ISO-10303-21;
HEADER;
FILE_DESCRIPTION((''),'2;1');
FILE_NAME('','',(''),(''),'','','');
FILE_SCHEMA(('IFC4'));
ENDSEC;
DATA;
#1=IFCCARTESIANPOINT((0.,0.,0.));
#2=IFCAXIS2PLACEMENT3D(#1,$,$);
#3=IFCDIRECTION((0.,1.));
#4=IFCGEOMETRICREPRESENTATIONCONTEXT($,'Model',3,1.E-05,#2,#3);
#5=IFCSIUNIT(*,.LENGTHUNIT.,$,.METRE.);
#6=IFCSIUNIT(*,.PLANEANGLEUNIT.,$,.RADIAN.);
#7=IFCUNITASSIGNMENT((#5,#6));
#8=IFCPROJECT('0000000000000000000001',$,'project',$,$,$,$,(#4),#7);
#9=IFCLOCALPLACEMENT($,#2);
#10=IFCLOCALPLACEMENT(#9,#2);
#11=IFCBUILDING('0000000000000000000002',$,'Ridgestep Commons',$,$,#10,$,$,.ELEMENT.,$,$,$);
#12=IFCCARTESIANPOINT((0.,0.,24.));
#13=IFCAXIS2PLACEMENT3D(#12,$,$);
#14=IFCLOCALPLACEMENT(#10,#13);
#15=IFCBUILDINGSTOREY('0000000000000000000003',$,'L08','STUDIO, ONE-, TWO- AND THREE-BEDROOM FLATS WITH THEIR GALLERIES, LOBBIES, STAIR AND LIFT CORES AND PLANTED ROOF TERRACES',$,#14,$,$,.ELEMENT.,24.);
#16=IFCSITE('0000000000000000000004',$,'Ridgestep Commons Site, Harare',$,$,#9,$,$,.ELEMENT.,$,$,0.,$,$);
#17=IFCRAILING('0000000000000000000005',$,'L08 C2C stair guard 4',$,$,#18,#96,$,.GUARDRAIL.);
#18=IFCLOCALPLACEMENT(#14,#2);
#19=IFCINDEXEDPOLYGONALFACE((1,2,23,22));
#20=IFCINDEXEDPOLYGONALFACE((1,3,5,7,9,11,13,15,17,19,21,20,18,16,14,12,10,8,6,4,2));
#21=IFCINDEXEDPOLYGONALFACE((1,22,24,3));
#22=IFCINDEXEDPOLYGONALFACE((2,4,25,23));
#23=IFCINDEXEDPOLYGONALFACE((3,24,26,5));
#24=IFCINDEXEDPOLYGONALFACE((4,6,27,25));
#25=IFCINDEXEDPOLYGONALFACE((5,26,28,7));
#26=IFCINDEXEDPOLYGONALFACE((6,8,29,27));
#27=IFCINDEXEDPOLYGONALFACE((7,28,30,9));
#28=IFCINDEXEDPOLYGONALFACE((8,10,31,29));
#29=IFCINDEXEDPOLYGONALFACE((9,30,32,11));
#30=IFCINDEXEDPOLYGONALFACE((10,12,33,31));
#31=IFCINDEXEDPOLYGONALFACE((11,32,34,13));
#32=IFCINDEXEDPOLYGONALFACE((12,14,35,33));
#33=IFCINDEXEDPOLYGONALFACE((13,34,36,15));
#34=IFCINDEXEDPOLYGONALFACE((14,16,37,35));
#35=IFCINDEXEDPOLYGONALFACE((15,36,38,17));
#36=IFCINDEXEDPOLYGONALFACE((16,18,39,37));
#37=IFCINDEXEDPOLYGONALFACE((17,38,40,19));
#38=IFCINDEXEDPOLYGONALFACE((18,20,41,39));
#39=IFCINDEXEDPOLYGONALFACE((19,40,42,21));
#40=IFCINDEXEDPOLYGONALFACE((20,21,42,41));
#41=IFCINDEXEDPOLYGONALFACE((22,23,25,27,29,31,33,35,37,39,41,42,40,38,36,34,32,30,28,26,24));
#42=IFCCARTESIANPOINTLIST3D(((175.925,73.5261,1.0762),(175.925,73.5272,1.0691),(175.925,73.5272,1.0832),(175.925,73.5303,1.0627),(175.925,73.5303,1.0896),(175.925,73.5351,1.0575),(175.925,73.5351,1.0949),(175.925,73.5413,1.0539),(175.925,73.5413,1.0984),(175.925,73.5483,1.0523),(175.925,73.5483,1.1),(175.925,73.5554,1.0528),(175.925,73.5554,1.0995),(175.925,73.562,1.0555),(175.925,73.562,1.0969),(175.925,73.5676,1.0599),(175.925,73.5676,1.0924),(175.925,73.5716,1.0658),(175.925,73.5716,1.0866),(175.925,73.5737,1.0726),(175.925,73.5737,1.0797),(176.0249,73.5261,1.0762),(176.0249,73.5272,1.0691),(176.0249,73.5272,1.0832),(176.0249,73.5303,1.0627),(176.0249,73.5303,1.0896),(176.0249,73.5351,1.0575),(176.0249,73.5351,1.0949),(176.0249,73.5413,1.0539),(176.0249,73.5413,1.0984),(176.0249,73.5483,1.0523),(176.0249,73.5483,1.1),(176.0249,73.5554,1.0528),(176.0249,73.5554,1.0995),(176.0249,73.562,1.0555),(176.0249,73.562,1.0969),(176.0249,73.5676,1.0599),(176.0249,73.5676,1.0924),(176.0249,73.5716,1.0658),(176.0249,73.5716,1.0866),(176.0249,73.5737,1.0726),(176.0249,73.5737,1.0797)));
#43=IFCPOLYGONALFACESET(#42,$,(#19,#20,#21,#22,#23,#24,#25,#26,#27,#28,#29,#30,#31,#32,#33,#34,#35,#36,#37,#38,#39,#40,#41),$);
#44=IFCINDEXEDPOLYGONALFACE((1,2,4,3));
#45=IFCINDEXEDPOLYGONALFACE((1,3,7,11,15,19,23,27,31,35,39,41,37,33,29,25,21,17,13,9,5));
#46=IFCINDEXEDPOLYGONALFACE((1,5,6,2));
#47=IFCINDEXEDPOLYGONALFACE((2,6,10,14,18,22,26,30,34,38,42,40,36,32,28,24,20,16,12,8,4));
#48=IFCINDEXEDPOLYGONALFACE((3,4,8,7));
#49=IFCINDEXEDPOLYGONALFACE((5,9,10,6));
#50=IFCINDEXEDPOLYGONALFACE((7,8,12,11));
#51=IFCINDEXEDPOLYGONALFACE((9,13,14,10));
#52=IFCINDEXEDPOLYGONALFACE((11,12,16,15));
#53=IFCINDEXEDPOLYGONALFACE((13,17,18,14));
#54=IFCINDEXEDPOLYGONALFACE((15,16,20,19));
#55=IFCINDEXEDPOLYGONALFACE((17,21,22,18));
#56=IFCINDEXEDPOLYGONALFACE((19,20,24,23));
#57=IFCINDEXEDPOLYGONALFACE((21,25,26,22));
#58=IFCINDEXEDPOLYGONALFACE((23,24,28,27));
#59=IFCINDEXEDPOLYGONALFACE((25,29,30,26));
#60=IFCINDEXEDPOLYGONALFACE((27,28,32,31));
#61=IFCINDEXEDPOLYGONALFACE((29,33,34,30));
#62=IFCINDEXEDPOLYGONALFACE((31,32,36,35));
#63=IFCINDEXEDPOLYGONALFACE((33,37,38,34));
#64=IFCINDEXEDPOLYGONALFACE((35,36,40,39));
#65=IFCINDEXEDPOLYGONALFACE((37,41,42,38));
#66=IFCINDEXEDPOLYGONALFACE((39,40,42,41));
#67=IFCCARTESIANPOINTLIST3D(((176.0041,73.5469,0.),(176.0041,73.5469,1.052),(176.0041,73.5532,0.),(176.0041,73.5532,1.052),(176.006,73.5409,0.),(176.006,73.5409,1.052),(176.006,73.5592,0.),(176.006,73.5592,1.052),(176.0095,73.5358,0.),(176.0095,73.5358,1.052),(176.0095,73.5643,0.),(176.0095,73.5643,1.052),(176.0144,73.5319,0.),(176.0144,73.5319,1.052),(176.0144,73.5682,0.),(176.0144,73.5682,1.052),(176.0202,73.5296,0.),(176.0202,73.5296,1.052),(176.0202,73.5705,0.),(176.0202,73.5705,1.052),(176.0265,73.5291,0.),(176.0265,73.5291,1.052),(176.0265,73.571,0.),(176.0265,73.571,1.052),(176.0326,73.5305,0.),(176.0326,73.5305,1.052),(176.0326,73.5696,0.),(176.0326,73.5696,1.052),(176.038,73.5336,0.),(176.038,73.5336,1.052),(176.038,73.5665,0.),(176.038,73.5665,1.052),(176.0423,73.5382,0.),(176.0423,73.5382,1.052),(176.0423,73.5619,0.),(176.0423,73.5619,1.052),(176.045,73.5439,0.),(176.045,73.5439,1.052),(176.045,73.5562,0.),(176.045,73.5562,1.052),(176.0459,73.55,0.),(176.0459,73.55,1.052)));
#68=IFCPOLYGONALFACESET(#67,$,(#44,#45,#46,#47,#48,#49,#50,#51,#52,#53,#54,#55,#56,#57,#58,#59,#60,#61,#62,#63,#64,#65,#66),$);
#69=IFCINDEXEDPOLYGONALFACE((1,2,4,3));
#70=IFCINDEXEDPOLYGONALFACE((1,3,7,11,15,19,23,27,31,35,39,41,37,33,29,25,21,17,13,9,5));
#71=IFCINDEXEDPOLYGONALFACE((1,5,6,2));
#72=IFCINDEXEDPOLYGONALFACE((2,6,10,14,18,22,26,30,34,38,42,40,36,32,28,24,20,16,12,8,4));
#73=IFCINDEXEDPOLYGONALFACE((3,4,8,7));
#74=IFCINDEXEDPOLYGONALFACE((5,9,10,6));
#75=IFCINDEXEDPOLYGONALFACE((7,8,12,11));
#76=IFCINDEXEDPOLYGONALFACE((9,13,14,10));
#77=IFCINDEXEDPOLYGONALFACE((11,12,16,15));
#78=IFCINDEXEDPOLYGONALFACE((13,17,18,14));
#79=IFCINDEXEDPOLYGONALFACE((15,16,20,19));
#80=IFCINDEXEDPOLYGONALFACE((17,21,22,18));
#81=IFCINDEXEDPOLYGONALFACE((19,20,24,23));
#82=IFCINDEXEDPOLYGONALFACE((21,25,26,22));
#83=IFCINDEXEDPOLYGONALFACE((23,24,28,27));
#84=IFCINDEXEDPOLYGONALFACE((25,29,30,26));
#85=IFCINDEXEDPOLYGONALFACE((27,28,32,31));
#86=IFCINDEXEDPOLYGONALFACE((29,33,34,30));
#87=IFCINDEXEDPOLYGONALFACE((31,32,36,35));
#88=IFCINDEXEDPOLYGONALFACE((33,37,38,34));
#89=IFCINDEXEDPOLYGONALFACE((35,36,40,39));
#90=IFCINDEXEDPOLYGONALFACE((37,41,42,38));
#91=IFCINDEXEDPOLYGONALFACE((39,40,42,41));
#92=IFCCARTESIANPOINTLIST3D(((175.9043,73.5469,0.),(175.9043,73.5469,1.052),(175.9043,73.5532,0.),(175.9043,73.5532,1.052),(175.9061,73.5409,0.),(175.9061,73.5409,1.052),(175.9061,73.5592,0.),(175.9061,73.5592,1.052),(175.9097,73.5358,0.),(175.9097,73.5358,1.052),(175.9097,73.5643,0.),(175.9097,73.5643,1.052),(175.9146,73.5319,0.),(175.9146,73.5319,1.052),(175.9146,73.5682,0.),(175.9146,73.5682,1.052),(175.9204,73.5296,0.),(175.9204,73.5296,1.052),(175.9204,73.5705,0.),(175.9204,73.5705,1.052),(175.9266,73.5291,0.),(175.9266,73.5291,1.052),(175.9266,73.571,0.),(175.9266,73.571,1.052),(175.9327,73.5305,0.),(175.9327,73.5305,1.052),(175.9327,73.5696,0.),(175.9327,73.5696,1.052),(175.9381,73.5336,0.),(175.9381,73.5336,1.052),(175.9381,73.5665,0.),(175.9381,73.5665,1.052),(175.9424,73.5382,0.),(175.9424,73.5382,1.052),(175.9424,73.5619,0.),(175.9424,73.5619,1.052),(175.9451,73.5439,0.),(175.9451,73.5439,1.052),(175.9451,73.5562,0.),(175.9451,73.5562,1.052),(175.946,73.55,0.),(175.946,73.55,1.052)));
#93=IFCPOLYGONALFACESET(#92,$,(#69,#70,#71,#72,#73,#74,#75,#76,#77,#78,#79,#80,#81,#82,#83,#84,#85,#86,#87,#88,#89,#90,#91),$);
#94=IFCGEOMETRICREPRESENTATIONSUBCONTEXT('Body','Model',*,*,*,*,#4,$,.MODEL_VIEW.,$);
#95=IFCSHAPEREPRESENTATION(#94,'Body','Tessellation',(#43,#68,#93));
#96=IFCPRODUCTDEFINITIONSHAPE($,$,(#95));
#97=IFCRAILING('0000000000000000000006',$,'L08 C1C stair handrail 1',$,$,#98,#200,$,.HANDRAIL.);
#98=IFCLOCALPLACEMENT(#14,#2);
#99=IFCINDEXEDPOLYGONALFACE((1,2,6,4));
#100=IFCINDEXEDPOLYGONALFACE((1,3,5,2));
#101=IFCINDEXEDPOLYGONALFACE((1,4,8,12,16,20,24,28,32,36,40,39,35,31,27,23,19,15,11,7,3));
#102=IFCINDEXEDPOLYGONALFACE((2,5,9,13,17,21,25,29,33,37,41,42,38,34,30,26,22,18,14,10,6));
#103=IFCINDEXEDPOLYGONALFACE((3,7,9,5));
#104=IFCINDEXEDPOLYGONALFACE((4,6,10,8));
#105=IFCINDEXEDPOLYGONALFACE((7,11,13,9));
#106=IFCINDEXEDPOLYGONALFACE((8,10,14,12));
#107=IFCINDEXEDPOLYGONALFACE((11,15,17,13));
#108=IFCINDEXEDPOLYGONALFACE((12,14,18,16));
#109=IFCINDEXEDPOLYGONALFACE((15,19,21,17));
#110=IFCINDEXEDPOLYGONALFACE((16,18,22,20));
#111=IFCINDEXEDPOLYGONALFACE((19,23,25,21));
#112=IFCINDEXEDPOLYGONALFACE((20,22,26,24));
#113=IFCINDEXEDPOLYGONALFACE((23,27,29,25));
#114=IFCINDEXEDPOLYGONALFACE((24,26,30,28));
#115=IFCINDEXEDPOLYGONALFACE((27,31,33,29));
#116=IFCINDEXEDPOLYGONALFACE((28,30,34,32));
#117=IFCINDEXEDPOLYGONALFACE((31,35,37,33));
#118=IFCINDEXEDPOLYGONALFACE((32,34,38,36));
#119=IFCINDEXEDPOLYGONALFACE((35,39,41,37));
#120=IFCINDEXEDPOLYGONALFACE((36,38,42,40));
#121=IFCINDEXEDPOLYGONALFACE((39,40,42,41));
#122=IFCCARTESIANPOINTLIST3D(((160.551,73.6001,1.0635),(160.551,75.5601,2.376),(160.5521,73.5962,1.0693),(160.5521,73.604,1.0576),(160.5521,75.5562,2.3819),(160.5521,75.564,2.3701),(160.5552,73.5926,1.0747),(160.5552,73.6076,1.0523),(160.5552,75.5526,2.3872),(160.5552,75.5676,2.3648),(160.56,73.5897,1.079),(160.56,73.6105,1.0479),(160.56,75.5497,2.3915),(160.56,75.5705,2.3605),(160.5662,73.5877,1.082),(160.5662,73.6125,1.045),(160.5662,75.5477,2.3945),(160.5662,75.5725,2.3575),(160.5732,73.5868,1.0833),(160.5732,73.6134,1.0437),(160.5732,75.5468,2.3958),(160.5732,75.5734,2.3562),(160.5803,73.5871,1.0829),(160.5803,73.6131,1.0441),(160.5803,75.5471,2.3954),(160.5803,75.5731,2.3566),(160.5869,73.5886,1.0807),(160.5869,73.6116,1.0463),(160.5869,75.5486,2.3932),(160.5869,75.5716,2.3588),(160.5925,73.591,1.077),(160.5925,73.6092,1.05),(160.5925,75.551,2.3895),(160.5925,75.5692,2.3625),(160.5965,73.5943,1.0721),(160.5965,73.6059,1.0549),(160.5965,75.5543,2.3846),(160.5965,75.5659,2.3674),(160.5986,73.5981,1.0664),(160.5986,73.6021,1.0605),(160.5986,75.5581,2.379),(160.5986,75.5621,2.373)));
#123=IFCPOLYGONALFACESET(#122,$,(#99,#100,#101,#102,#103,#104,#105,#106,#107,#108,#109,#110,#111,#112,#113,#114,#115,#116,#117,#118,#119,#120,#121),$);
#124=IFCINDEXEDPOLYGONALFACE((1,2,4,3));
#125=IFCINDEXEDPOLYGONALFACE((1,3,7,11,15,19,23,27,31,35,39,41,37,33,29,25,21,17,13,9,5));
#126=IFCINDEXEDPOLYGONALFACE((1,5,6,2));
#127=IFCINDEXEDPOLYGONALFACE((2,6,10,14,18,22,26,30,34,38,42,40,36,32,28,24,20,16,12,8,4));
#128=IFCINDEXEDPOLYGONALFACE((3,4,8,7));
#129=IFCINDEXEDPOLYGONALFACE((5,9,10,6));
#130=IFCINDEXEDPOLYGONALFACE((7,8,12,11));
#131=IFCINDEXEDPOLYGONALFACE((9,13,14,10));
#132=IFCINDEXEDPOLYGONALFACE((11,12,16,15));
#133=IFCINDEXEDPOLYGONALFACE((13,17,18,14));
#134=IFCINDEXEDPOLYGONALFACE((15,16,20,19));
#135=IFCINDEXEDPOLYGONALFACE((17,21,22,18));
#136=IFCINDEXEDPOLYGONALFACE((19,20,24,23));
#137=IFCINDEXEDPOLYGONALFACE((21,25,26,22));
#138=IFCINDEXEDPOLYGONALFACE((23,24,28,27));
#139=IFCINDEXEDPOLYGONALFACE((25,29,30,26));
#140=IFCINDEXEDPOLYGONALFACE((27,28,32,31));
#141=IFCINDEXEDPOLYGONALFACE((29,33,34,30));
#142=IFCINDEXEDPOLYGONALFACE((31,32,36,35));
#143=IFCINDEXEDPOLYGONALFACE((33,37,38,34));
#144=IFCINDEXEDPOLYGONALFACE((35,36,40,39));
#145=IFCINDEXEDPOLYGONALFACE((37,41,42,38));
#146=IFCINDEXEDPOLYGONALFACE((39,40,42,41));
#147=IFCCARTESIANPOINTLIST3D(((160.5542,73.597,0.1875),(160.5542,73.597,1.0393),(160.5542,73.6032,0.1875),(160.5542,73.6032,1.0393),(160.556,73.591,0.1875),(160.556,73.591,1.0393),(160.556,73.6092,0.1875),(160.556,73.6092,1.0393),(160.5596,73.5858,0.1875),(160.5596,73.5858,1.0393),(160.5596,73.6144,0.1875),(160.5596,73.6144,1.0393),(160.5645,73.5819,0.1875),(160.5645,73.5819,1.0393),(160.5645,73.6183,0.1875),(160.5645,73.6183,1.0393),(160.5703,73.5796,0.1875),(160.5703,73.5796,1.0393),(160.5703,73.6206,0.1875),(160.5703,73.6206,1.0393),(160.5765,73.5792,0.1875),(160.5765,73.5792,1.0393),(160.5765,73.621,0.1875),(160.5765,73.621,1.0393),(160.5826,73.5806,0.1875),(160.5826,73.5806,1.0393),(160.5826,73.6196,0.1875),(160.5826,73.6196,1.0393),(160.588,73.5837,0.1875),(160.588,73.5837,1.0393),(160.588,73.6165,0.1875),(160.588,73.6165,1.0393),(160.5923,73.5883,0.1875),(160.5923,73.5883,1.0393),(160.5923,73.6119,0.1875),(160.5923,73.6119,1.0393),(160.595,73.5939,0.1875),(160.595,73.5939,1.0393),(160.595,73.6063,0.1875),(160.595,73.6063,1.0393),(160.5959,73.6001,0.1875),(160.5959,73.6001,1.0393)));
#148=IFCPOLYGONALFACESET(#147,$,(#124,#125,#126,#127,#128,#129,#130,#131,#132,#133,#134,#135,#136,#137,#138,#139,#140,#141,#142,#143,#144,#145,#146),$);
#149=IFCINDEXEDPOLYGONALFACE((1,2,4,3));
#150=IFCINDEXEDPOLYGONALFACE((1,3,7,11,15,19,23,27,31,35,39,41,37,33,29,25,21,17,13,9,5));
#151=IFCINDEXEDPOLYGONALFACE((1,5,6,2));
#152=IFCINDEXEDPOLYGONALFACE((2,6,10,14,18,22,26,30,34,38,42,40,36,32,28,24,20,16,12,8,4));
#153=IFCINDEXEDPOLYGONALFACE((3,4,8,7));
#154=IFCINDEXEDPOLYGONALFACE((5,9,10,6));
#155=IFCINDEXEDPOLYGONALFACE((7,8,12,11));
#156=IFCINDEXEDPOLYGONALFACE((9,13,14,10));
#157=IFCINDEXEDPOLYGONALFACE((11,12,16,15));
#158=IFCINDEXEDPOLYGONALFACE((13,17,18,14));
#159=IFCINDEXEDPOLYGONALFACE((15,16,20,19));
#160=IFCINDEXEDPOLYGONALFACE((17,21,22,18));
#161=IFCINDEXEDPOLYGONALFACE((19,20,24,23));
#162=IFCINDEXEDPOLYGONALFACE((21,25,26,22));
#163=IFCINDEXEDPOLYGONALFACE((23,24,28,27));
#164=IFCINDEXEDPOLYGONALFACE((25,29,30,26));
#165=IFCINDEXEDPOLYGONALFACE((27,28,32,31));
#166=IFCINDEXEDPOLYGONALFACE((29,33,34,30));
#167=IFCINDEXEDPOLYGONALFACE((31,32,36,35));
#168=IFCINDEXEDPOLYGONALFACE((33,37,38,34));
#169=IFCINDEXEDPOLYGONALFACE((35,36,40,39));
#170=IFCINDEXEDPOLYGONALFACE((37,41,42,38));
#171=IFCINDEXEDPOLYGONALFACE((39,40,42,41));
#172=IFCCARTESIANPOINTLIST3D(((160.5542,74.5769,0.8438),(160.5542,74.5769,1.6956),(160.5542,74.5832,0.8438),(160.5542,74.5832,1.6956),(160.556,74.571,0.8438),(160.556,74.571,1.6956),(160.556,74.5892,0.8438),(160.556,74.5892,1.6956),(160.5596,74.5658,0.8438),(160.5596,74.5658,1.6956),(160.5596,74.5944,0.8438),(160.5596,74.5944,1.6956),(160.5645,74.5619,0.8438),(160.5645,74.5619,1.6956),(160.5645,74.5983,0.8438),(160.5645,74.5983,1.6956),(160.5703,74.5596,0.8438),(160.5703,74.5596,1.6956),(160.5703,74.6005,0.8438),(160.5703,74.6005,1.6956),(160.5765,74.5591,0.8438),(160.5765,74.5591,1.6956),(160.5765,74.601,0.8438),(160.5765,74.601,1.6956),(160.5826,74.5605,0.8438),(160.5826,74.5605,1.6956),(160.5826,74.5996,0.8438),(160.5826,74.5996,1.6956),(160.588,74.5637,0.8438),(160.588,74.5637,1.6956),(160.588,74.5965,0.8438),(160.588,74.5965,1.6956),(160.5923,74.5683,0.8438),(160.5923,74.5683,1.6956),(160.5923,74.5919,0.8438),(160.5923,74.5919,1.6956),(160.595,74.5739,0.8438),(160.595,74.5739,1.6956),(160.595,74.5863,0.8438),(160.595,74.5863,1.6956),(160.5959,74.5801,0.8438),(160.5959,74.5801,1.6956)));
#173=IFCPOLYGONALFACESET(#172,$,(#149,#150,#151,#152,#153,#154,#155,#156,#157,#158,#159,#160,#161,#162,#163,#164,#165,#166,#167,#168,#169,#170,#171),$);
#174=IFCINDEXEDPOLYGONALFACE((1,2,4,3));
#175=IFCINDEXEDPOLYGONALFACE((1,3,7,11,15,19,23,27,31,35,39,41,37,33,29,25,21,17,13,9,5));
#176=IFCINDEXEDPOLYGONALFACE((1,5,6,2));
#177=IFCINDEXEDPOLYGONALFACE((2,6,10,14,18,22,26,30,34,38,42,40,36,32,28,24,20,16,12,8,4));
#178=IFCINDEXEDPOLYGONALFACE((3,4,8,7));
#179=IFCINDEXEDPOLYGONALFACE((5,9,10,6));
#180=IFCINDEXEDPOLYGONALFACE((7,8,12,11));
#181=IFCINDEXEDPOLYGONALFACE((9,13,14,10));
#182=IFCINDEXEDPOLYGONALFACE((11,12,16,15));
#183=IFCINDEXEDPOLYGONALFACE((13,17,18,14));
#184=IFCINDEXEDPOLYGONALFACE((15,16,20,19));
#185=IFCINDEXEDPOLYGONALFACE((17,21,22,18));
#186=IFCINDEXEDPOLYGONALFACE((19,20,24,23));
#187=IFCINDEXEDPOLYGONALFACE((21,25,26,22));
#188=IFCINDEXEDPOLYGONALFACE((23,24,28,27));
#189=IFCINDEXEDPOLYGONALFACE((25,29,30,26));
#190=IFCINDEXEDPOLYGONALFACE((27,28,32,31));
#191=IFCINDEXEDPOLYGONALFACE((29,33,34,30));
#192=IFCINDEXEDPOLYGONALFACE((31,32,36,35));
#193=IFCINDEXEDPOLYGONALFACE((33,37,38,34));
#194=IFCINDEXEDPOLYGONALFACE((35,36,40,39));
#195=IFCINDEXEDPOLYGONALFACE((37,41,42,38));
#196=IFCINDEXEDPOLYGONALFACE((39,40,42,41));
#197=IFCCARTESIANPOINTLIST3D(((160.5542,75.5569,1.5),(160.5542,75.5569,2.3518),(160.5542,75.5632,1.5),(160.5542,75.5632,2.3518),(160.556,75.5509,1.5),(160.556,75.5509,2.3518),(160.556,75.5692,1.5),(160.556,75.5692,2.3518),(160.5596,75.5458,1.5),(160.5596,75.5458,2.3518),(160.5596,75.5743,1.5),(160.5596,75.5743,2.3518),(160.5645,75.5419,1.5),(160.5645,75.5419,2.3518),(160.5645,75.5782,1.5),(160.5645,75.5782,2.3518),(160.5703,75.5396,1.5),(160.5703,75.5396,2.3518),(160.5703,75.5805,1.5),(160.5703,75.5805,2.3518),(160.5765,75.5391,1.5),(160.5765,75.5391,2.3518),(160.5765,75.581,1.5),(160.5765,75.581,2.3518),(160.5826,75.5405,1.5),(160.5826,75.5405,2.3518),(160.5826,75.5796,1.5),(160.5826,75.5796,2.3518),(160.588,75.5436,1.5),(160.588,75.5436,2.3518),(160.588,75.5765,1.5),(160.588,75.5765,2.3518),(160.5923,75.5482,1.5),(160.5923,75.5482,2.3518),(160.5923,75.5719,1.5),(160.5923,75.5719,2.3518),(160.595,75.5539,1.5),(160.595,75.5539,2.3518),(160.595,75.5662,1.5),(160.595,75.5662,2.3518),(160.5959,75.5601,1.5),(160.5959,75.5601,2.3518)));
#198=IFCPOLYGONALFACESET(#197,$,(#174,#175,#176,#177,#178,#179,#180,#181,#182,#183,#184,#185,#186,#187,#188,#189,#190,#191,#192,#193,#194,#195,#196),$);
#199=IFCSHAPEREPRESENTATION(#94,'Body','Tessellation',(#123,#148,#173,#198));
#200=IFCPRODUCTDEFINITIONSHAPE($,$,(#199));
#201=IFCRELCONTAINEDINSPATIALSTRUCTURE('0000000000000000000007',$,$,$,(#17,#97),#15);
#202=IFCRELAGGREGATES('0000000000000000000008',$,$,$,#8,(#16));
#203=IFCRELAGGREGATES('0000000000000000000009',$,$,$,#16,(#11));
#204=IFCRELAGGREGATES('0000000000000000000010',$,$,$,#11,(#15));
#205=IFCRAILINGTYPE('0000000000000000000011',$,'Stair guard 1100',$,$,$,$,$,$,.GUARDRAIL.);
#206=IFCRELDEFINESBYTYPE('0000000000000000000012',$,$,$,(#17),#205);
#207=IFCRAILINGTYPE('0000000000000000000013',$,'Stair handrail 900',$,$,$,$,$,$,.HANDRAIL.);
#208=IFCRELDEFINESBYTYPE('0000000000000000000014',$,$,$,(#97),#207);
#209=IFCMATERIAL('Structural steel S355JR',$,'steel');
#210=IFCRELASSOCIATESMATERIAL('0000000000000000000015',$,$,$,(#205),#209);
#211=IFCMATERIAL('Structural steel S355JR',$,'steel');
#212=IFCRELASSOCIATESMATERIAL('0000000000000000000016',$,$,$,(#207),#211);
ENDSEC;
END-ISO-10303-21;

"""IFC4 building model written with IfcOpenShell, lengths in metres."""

from ifc_helpers import new_model, si_unit, direction, frame, origin, origin_2d, place, context, subcontext, project, spatial, circle, extrude, material, type_object, element, save


model = new_model("IFC4")

# Units and contexts
model_context = context("Model", 3, precision=1e-05, world=origin(), true_north=direction((0.0, 1.0)))
body_context = subcontext(model_context, "Body", "Model", "MODEL_VIEW")
ifc_project = project(units=[si_unit("LENGTHUNIT", "METRE"), si_unit("PLANEANGLEUNIT", "RADIAN")], contexts=[model_context])

# Site, building, storey
site_placement = place(None, origin())
site = spatial("IfcSite", under=ifc_project, at=site_placement, Name="Ridgestep Commons Site, Harare", CompositionType="ELEMENT", RefElevation=0.0)
building_placement = place(site_placement, origin())
building = spatial("IfcBuilding", under=site, at=building_placement, Name="Ridgestep Commons", CompositionType="ELEMENT")
storey_placement = place(building_placement, frame((0.0, 0.0, 24.0)))
storey = spatial("IfcBuildingStorey", under=building, at=storey_placement, Name="L08", Description="STUDIO, ONE-, TWO- AND THREE-BEDROOM FLATS WITH THEIR GALLERIES, LOBBIES, STAIR AND LIFT CORES AND PLANTED ROOF TERRACES", CompositionType="ELEMENT", Elevation=24.0)

# Railings
ifc_material_1 = material(Name="Structural steel S355JR", Category="steel")
railing_type_1 = type_object("IfcRailingType", Name="Stair guard 1100", PredefinedType="GUARDRAIL", material=ifc_material_1)
railing_1_placement = place(storey_placement, frame((176.0249, 73.55, 0.0)))
element("IfcRailing", 1, at=railing_1_placement, inside=storey, type_object=railing_type_1, Name="L08 C2C stair guard 4", PredefinedType="GUARDRAIL", context=body_context, shape_type="SweptSolid", body=[
    extrude(circle(Radius=0.0239, at=origin_2d()), frame((0.0, 0.0, 1.0762), z_axis=(-1.0, 0.0, 0.0), x_axis=(0.0, -1.0, 0.0)), (0.0, 0.0, 1.0), 0.0999),
    extrude(circle(Radius=0.021, at=origin_2d()), origin(), (0.0, 0.0, 1.0), 1.052),
    extrude(circle(Radius=0.021, at=origin_2d()), frame((-0.0999, 0.0, 0.0)), (0.0, 0.0, 1.0), 1.052),
])
ifc_material_2 = material(Name="Structural steel S355JR", Category="steel")
railing_type_2 = type_object("IfcRailingType", Name="Stair handrail 900", PredefinedType="HANDRAIL", material=ifc_material_2)
for number, where, name in (
    (2, (160.575, 73.6001, 0.1875), "L08 C1C stair handrail 1"),
):
    element("IfcRailing", number, at=place(storey_placement, frame(where)), inside=storey, type_object=railing_type_2, Name=name, PredefinedType="HANDRAIL", context=body_context, shape_type="SweptSolid", body=[
        extrude(circle(Radius=0.0239, at=origin_2d()), frame((0.0, 0.0, 0.876), z_axis=(0.0, 0.830902, 0.556419), x_axis=(-1.0, 0.0, 0.0)), (0.0, 0.0, 1.0), 2.3589),
        extrude(circle(Radius=0.021, at=origin_2d()), origin(), (0.0, 0.0, 1.0), 0.8518),
        extrude(circle(Radius=0.021, at=origin_2d()), frame((0.0, 0.98, 0.6562)), (0.0, 0.0, 1.0), 0.8518),
        extrude(circle(Radius=0.021, at=origin_2d()), frame((0.0, 1.96, 1.3125)), (0.0, 0.0, 1.0), 0.8518),
    ])

save(model, "model.ifc")
